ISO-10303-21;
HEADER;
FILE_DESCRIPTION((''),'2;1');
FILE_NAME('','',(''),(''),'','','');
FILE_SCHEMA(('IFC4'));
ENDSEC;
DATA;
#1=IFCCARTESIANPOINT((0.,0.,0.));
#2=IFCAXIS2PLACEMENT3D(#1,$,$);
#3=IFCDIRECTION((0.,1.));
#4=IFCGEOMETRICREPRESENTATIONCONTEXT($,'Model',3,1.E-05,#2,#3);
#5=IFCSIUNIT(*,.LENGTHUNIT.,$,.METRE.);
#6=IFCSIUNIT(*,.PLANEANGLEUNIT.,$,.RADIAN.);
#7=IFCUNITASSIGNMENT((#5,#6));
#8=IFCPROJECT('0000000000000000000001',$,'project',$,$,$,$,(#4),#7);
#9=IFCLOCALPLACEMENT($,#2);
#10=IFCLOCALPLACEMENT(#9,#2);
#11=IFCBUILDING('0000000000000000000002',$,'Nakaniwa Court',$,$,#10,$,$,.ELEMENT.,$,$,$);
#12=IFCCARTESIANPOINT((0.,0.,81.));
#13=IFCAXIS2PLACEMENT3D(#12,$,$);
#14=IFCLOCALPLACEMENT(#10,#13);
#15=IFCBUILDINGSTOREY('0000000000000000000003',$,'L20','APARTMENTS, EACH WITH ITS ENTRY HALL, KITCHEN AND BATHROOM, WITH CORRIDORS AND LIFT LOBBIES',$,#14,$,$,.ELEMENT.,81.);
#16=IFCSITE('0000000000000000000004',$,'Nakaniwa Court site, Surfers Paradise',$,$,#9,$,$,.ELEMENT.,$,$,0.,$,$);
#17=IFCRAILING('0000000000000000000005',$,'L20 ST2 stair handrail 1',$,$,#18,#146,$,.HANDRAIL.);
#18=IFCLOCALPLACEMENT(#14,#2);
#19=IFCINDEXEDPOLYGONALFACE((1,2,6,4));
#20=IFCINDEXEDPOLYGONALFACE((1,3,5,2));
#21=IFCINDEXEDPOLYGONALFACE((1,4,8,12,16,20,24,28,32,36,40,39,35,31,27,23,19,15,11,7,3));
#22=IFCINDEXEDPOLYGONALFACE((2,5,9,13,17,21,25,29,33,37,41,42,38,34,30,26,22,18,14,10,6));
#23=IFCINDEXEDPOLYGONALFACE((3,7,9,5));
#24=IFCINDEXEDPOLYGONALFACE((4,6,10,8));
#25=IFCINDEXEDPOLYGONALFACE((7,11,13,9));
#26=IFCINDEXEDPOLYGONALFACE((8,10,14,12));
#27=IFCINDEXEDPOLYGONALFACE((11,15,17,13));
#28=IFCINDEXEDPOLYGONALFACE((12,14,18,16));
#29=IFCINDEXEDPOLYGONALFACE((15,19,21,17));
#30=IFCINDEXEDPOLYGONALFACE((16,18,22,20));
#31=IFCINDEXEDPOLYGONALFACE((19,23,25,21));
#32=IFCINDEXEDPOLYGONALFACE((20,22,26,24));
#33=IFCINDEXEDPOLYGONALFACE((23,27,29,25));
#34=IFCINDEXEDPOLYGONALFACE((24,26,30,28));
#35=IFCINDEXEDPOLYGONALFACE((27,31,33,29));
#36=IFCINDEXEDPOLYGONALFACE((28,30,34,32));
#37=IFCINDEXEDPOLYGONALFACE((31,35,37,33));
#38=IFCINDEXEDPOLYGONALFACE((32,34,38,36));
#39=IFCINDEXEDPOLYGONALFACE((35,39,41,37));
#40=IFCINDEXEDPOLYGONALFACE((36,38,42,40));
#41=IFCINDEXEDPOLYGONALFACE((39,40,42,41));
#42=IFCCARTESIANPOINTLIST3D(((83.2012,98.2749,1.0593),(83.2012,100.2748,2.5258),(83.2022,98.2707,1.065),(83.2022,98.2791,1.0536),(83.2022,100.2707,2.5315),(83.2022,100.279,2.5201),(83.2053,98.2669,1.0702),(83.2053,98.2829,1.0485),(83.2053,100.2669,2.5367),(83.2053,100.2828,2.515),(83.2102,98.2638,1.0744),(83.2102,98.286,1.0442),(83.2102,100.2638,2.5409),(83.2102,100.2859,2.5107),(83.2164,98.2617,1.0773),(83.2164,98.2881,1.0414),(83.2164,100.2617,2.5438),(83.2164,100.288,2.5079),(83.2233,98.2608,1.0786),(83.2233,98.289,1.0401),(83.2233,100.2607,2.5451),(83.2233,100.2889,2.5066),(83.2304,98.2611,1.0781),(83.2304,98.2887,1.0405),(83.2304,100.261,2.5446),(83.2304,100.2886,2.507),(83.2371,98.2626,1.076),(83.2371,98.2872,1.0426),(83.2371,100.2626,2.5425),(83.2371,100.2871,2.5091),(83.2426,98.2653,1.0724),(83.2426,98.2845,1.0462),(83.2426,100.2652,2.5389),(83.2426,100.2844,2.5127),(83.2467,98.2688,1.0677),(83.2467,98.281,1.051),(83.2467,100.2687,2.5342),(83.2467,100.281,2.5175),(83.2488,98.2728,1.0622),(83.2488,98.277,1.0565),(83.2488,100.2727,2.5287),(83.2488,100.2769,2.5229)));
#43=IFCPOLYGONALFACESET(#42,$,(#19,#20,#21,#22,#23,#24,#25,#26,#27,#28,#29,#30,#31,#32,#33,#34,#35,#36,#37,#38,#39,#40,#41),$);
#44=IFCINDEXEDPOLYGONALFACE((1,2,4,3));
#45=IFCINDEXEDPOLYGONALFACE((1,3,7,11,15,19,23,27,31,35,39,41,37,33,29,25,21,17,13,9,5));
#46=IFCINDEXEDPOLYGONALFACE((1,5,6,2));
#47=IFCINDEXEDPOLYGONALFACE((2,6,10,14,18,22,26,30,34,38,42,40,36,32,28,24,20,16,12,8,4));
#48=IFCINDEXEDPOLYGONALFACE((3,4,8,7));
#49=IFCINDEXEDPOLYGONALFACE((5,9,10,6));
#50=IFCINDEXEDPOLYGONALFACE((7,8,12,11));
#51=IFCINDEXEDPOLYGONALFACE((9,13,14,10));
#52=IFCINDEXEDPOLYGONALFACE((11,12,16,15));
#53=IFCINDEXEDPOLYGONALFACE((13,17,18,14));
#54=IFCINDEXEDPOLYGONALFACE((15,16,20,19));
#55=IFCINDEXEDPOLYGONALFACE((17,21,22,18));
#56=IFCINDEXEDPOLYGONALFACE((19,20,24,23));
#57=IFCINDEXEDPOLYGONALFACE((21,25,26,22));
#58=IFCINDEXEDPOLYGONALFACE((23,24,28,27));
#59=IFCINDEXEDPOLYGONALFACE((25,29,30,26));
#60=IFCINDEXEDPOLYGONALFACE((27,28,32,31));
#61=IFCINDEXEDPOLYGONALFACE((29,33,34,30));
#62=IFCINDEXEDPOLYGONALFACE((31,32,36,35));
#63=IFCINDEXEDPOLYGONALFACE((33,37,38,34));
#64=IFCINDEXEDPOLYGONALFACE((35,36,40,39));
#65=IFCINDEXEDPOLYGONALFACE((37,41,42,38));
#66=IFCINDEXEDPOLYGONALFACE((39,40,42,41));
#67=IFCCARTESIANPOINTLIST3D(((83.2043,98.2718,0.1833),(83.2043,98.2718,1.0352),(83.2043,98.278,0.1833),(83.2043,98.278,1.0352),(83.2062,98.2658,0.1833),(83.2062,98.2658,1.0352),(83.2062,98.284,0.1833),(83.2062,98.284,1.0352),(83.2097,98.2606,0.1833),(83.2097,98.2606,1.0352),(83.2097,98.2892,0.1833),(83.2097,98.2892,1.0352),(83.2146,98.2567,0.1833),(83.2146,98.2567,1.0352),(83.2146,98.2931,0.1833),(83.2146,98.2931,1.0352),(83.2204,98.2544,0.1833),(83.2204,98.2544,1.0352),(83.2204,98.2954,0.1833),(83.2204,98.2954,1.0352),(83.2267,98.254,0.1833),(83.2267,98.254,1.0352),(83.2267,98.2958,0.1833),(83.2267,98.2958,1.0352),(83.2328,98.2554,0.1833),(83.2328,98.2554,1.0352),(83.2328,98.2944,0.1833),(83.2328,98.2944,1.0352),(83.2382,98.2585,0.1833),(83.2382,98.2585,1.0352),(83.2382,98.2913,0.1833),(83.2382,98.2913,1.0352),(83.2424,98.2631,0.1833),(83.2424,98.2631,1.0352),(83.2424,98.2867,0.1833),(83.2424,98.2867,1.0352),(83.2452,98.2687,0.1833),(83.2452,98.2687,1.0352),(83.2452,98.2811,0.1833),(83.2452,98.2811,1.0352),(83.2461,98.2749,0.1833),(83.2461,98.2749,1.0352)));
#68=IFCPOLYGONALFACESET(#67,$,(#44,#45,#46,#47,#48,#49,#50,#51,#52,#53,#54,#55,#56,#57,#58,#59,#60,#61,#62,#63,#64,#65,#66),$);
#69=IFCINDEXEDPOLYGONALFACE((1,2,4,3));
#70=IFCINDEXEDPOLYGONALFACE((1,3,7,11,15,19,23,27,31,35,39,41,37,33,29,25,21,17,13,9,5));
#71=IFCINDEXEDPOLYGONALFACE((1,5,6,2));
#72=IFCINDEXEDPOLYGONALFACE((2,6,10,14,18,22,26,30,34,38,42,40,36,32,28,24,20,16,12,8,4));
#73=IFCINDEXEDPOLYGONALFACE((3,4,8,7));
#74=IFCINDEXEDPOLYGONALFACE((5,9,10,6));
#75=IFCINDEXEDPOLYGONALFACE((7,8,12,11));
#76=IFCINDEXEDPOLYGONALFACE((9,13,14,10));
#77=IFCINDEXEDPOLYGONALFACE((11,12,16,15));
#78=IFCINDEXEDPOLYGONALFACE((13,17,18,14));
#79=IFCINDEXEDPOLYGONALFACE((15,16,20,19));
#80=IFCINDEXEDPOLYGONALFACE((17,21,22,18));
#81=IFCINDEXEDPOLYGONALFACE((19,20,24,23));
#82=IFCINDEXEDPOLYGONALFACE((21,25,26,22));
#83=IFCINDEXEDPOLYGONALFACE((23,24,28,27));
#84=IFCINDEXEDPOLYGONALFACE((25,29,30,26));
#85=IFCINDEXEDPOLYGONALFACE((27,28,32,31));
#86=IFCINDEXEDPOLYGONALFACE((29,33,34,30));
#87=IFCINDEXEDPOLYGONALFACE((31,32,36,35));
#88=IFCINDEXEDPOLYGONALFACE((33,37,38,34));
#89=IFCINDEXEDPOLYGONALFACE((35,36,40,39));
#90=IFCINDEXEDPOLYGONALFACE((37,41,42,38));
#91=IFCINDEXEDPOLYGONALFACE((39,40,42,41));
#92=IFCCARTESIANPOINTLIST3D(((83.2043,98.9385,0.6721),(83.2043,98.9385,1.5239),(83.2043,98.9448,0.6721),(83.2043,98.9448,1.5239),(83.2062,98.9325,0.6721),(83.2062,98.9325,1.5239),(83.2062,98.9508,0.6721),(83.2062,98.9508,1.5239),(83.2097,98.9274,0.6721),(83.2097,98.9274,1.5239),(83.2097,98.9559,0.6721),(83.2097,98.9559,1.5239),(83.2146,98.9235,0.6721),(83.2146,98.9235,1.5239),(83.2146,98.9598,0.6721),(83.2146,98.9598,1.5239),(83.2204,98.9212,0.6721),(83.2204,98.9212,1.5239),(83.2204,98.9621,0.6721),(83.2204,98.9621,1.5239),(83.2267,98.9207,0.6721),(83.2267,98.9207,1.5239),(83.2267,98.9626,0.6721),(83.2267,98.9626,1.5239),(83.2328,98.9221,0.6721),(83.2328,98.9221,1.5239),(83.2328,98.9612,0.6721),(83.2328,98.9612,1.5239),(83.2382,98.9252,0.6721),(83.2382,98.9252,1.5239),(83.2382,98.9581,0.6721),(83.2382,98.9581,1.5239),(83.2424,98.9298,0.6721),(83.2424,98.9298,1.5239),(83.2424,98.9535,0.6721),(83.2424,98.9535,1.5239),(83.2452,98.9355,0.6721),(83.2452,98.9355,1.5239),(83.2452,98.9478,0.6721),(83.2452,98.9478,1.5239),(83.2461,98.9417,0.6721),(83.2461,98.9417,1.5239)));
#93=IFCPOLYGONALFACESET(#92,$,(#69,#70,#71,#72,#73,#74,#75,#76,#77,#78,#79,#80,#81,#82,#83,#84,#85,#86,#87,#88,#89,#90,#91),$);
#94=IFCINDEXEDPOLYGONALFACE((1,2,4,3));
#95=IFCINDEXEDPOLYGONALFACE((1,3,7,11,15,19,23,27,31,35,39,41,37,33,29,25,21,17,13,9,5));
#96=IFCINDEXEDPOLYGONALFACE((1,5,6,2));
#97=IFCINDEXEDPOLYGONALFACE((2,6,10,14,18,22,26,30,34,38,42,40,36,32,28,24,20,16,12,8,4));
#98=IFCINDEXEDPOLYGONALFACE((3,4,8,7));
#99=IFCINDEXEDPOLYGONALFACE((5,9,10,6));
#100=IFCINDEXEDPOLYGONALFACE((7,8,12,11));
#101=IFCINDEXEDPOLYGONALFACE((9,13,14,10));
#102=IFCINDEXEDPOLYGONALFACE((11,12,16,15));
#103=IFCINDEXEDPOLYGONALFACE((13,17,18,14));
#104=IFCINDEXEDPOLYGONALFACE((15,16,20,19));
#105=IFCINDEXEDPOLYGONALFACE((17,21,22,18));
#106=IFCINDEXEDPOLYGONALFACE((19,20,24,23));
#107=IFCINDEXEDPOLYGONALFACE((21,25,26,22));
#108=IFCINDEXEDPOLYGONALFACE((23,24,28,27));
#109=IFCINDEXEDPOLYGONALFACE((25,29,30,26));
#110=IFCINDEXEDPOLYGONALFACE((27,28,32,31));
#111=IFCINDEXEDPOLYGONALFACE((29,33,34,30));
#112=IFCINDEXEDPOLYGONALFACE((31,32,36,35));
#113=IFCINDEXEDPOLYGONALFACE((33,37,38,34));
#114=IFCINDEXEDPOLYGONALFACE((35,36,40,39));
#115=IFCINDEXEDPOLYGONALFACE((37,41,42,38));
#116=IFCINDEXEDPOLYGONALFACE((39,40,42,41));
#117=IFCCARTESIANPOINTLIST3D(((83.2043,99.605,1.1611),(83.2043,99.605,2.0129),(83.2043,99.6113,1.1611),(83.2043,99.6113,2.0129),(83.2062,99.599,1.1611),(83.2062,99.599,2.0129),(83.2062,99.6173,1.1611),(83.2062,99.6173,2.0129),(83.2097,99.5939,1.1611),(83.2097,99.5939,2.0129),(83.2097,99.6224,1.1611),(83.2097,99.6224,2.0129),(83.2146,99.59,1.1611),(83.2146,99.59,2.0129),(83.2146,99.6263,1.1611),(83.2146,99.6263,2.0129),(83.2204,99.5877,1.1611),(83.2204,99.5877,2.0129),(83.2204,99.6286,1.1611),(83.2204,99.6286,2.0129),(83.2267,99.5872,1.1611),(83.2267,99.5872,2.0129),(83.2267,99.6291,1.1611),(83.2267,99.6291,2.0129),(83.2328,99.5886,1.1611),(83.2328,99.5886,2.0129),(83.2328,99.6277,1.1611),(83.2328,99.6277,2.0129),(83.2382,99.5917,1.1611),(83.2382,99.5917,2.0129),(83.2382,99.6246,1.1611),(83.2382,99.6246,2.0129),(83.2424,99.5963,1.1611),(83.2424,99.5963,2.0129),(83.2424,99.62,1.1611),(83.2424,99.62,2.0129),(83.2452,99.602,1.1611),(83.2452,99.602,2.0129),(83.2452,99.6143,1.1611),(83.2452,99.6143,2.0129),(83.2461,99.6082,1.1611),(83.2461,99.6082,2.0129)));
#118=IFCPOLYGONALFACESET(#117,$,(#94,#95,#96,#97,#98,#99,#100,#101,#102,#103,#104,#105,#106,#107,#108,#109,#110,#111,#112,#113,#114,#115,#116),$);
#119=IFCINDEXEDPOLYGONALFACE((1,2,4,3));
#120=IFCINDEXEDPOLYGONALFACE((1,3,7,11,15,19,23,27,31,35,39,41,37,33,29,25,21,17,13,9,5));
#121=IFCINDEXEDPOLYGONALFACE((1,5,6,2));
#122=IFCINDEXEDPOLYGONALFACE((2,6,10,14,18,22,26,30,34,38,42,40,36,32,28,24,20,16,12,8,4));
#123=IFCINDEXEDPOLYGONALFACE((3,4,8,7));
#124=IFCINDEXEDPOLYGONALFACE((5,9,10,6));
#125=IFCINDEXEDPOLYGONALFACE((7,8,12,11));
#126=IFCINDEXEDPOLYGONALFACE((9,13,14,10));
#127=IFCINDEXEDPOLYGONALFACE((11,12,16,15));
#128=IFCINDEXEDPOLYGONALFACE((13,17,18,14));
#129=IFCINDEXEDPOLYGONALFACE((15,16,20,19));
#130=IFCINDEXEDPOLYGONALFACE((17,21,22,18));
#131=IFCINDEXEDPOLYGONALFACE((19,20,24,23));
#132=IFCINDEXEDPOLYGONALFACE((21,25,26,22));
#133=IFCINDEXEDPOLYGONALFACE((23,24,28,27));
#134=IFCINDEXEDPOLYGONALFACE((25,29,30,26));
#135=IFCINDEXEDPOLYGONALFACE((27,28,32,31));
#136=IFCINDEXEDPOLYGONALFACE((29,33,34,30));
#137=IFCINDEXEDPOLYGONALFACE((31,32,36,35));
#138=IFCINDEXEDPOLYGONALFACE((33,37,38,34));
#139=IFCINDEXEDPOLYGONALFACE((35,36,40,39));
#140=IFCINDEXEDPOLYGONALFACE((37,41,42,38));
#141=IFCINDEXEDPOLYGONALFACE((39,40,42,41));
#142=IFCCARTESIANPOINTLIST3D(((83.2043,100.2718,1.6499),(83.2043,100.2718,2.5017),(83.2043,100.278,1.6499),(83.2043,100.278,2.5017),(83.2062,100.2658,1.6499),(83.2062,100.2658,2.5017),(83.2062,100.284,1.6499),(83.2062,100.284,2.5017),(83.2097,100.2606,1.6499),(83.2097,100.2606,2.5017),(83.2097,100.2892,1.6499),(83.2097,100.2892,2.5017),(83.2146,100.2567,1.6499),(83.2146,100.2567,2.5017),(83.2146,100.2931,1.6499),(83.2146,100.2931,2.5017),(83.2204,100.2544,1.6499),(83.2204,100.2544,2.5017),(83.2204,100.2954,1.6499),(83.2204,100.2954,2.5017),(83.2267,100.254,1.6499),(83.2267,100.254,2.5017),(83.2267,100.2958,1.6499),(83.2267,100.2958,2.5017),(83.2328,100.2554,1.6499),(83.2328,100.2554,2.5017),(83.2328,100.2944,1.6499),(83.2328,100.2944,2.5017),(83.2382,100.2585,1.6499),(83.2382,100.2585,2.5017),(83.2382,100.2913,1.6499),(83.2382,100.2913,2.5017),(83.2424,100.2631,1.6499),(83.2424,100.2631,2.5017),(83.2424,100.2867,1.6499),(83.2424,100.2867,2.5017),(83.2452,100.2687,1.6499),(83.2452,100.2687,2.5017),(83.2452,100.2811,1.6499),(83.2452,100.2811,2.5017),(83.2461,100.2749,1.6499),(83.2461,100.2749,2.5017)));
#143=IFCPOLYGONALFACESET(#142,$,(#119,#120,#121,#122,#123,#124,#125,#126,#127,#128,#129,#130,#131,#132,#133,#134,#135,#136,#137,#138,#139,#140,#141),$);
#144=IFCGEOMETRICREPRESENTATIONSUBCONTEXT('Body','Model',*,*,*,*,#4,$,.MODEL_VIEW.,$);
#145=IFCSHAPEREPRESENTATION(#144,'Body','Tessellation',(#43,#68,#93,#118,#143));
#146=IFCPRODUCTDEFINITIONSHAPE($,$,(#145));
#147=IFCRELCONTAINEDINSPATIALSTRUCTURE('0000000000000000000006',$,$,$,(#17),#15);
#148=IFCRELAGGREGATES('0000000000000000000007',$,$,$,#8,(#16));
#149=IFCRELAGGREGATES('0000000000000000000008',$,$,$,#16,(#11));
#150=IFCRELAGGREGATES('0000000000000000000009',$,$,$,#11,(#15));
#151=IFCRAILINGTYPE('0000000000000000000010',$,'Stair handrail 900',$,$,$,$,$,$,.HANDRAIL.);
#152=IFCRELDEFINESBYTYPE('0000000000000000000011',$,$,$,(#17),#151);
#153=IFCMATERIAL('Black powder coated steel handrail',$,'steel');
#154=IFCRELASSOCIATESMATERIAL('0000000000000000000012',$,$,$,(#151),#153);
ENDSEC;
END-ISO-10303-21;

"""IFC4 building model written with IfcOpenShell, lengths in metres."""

from ifc_helpers import new_model, si_unit, direction, frame, origin, origin_2d, place, context, subcontext, project, spatial, circle, extrude, material, type_object, element, save


model = new_model("IFC4")

# Units and contexts
model_context = context("Model", 3, precision=1e-05, world=origin(), true_north=direction((0.0, 1.0)))
body_context = subcontext(model_context, "Body", "Model", "MODEL_VIEW")
ifc_project = project(units=[si_unit("LENGTHUNIT", "METRE"), si_unit("PLANEANGLEUNIT", "RADIAN")], contexts=[model_context])

# Site, building, storey
site_placement = place(None, origin())
site = spatial("IfcSite", under=ifc_project, at=site_placement, Name="Nakaniwa Court site, Surfers Paradise", CompositionType="ELEMENT", RefElevation=0.0)
building_placement = place(site_placement, origin())
building = spatial("IfcBuilding", under=site, at=building_placement, Name="Nakaniwa Court", CompositionType="ELEMENT")
storey_placement = place(building_placement, frame((0.0, 0.0, 81.0)))
storey = spatial("IfcBuildingStorey", under=building, at=storey_placement, Name="L20", Description="APARTMENTS, EACH WITH ITS ENTRY HALL, KITCHEN AND BATHROOM, WITH CORRIDORS AND LIFT LOBBIES", CompositionType="ELEMENT", Elevation=81.0)

# Railing
ifc_material_1 = material(Name="Black powder coated steel handrail", Category="steel")
railing_type_1 = type_object("IfcRailingType", Name="Stair handrail 900", PredefinedType="HANDRAIL", material=ifc_material_1)
railing_1_placement = place(storey_placement, frame((83.2251, 98.2749, 0.1833)))
element("IfcRailing", 1, at=railing_1_placement, inside=storey, type_object=railing_type_1, Name="L20 ST2 stair handrail 1", PredefinedType="HANDRAIL", context=body_context, shape_type="SweptSolid", body=[
    extrude(circle(Radius=0.0239, at=origin_2d()), frame((0.0, 0.0, 0.876), z_axis=(0.0, 0.806427, 0.591334), x_axis=(-1.0, 0.0, 0.0)), (0.0, 0.0, 1.0), 2.48),
    extrude(circle(Radius=0.021, at=origin_2d()), origin(), (0.0, 0.0, 1.0), 0.8518),
    extrude(circle(Radius=0.021, at=origin_2d()), frame((0.0, 0.6667, 0.4888)), (0.0, 0.0, 1.0), 0.8518),
    extrude(circle(Radius=0.021, at=origin_2d()), frame((0.0, 1.3333, 0.9778)), (0.0, 0.0, 1.0), 0.8518),
    extrude(circle(Radius=0.021, at=origin_2d()), frame((0.0, 2.0, 1.4666)), (0.0, 0.0, 1.0), 0.8518),
])

save(model, "model.ifc")
